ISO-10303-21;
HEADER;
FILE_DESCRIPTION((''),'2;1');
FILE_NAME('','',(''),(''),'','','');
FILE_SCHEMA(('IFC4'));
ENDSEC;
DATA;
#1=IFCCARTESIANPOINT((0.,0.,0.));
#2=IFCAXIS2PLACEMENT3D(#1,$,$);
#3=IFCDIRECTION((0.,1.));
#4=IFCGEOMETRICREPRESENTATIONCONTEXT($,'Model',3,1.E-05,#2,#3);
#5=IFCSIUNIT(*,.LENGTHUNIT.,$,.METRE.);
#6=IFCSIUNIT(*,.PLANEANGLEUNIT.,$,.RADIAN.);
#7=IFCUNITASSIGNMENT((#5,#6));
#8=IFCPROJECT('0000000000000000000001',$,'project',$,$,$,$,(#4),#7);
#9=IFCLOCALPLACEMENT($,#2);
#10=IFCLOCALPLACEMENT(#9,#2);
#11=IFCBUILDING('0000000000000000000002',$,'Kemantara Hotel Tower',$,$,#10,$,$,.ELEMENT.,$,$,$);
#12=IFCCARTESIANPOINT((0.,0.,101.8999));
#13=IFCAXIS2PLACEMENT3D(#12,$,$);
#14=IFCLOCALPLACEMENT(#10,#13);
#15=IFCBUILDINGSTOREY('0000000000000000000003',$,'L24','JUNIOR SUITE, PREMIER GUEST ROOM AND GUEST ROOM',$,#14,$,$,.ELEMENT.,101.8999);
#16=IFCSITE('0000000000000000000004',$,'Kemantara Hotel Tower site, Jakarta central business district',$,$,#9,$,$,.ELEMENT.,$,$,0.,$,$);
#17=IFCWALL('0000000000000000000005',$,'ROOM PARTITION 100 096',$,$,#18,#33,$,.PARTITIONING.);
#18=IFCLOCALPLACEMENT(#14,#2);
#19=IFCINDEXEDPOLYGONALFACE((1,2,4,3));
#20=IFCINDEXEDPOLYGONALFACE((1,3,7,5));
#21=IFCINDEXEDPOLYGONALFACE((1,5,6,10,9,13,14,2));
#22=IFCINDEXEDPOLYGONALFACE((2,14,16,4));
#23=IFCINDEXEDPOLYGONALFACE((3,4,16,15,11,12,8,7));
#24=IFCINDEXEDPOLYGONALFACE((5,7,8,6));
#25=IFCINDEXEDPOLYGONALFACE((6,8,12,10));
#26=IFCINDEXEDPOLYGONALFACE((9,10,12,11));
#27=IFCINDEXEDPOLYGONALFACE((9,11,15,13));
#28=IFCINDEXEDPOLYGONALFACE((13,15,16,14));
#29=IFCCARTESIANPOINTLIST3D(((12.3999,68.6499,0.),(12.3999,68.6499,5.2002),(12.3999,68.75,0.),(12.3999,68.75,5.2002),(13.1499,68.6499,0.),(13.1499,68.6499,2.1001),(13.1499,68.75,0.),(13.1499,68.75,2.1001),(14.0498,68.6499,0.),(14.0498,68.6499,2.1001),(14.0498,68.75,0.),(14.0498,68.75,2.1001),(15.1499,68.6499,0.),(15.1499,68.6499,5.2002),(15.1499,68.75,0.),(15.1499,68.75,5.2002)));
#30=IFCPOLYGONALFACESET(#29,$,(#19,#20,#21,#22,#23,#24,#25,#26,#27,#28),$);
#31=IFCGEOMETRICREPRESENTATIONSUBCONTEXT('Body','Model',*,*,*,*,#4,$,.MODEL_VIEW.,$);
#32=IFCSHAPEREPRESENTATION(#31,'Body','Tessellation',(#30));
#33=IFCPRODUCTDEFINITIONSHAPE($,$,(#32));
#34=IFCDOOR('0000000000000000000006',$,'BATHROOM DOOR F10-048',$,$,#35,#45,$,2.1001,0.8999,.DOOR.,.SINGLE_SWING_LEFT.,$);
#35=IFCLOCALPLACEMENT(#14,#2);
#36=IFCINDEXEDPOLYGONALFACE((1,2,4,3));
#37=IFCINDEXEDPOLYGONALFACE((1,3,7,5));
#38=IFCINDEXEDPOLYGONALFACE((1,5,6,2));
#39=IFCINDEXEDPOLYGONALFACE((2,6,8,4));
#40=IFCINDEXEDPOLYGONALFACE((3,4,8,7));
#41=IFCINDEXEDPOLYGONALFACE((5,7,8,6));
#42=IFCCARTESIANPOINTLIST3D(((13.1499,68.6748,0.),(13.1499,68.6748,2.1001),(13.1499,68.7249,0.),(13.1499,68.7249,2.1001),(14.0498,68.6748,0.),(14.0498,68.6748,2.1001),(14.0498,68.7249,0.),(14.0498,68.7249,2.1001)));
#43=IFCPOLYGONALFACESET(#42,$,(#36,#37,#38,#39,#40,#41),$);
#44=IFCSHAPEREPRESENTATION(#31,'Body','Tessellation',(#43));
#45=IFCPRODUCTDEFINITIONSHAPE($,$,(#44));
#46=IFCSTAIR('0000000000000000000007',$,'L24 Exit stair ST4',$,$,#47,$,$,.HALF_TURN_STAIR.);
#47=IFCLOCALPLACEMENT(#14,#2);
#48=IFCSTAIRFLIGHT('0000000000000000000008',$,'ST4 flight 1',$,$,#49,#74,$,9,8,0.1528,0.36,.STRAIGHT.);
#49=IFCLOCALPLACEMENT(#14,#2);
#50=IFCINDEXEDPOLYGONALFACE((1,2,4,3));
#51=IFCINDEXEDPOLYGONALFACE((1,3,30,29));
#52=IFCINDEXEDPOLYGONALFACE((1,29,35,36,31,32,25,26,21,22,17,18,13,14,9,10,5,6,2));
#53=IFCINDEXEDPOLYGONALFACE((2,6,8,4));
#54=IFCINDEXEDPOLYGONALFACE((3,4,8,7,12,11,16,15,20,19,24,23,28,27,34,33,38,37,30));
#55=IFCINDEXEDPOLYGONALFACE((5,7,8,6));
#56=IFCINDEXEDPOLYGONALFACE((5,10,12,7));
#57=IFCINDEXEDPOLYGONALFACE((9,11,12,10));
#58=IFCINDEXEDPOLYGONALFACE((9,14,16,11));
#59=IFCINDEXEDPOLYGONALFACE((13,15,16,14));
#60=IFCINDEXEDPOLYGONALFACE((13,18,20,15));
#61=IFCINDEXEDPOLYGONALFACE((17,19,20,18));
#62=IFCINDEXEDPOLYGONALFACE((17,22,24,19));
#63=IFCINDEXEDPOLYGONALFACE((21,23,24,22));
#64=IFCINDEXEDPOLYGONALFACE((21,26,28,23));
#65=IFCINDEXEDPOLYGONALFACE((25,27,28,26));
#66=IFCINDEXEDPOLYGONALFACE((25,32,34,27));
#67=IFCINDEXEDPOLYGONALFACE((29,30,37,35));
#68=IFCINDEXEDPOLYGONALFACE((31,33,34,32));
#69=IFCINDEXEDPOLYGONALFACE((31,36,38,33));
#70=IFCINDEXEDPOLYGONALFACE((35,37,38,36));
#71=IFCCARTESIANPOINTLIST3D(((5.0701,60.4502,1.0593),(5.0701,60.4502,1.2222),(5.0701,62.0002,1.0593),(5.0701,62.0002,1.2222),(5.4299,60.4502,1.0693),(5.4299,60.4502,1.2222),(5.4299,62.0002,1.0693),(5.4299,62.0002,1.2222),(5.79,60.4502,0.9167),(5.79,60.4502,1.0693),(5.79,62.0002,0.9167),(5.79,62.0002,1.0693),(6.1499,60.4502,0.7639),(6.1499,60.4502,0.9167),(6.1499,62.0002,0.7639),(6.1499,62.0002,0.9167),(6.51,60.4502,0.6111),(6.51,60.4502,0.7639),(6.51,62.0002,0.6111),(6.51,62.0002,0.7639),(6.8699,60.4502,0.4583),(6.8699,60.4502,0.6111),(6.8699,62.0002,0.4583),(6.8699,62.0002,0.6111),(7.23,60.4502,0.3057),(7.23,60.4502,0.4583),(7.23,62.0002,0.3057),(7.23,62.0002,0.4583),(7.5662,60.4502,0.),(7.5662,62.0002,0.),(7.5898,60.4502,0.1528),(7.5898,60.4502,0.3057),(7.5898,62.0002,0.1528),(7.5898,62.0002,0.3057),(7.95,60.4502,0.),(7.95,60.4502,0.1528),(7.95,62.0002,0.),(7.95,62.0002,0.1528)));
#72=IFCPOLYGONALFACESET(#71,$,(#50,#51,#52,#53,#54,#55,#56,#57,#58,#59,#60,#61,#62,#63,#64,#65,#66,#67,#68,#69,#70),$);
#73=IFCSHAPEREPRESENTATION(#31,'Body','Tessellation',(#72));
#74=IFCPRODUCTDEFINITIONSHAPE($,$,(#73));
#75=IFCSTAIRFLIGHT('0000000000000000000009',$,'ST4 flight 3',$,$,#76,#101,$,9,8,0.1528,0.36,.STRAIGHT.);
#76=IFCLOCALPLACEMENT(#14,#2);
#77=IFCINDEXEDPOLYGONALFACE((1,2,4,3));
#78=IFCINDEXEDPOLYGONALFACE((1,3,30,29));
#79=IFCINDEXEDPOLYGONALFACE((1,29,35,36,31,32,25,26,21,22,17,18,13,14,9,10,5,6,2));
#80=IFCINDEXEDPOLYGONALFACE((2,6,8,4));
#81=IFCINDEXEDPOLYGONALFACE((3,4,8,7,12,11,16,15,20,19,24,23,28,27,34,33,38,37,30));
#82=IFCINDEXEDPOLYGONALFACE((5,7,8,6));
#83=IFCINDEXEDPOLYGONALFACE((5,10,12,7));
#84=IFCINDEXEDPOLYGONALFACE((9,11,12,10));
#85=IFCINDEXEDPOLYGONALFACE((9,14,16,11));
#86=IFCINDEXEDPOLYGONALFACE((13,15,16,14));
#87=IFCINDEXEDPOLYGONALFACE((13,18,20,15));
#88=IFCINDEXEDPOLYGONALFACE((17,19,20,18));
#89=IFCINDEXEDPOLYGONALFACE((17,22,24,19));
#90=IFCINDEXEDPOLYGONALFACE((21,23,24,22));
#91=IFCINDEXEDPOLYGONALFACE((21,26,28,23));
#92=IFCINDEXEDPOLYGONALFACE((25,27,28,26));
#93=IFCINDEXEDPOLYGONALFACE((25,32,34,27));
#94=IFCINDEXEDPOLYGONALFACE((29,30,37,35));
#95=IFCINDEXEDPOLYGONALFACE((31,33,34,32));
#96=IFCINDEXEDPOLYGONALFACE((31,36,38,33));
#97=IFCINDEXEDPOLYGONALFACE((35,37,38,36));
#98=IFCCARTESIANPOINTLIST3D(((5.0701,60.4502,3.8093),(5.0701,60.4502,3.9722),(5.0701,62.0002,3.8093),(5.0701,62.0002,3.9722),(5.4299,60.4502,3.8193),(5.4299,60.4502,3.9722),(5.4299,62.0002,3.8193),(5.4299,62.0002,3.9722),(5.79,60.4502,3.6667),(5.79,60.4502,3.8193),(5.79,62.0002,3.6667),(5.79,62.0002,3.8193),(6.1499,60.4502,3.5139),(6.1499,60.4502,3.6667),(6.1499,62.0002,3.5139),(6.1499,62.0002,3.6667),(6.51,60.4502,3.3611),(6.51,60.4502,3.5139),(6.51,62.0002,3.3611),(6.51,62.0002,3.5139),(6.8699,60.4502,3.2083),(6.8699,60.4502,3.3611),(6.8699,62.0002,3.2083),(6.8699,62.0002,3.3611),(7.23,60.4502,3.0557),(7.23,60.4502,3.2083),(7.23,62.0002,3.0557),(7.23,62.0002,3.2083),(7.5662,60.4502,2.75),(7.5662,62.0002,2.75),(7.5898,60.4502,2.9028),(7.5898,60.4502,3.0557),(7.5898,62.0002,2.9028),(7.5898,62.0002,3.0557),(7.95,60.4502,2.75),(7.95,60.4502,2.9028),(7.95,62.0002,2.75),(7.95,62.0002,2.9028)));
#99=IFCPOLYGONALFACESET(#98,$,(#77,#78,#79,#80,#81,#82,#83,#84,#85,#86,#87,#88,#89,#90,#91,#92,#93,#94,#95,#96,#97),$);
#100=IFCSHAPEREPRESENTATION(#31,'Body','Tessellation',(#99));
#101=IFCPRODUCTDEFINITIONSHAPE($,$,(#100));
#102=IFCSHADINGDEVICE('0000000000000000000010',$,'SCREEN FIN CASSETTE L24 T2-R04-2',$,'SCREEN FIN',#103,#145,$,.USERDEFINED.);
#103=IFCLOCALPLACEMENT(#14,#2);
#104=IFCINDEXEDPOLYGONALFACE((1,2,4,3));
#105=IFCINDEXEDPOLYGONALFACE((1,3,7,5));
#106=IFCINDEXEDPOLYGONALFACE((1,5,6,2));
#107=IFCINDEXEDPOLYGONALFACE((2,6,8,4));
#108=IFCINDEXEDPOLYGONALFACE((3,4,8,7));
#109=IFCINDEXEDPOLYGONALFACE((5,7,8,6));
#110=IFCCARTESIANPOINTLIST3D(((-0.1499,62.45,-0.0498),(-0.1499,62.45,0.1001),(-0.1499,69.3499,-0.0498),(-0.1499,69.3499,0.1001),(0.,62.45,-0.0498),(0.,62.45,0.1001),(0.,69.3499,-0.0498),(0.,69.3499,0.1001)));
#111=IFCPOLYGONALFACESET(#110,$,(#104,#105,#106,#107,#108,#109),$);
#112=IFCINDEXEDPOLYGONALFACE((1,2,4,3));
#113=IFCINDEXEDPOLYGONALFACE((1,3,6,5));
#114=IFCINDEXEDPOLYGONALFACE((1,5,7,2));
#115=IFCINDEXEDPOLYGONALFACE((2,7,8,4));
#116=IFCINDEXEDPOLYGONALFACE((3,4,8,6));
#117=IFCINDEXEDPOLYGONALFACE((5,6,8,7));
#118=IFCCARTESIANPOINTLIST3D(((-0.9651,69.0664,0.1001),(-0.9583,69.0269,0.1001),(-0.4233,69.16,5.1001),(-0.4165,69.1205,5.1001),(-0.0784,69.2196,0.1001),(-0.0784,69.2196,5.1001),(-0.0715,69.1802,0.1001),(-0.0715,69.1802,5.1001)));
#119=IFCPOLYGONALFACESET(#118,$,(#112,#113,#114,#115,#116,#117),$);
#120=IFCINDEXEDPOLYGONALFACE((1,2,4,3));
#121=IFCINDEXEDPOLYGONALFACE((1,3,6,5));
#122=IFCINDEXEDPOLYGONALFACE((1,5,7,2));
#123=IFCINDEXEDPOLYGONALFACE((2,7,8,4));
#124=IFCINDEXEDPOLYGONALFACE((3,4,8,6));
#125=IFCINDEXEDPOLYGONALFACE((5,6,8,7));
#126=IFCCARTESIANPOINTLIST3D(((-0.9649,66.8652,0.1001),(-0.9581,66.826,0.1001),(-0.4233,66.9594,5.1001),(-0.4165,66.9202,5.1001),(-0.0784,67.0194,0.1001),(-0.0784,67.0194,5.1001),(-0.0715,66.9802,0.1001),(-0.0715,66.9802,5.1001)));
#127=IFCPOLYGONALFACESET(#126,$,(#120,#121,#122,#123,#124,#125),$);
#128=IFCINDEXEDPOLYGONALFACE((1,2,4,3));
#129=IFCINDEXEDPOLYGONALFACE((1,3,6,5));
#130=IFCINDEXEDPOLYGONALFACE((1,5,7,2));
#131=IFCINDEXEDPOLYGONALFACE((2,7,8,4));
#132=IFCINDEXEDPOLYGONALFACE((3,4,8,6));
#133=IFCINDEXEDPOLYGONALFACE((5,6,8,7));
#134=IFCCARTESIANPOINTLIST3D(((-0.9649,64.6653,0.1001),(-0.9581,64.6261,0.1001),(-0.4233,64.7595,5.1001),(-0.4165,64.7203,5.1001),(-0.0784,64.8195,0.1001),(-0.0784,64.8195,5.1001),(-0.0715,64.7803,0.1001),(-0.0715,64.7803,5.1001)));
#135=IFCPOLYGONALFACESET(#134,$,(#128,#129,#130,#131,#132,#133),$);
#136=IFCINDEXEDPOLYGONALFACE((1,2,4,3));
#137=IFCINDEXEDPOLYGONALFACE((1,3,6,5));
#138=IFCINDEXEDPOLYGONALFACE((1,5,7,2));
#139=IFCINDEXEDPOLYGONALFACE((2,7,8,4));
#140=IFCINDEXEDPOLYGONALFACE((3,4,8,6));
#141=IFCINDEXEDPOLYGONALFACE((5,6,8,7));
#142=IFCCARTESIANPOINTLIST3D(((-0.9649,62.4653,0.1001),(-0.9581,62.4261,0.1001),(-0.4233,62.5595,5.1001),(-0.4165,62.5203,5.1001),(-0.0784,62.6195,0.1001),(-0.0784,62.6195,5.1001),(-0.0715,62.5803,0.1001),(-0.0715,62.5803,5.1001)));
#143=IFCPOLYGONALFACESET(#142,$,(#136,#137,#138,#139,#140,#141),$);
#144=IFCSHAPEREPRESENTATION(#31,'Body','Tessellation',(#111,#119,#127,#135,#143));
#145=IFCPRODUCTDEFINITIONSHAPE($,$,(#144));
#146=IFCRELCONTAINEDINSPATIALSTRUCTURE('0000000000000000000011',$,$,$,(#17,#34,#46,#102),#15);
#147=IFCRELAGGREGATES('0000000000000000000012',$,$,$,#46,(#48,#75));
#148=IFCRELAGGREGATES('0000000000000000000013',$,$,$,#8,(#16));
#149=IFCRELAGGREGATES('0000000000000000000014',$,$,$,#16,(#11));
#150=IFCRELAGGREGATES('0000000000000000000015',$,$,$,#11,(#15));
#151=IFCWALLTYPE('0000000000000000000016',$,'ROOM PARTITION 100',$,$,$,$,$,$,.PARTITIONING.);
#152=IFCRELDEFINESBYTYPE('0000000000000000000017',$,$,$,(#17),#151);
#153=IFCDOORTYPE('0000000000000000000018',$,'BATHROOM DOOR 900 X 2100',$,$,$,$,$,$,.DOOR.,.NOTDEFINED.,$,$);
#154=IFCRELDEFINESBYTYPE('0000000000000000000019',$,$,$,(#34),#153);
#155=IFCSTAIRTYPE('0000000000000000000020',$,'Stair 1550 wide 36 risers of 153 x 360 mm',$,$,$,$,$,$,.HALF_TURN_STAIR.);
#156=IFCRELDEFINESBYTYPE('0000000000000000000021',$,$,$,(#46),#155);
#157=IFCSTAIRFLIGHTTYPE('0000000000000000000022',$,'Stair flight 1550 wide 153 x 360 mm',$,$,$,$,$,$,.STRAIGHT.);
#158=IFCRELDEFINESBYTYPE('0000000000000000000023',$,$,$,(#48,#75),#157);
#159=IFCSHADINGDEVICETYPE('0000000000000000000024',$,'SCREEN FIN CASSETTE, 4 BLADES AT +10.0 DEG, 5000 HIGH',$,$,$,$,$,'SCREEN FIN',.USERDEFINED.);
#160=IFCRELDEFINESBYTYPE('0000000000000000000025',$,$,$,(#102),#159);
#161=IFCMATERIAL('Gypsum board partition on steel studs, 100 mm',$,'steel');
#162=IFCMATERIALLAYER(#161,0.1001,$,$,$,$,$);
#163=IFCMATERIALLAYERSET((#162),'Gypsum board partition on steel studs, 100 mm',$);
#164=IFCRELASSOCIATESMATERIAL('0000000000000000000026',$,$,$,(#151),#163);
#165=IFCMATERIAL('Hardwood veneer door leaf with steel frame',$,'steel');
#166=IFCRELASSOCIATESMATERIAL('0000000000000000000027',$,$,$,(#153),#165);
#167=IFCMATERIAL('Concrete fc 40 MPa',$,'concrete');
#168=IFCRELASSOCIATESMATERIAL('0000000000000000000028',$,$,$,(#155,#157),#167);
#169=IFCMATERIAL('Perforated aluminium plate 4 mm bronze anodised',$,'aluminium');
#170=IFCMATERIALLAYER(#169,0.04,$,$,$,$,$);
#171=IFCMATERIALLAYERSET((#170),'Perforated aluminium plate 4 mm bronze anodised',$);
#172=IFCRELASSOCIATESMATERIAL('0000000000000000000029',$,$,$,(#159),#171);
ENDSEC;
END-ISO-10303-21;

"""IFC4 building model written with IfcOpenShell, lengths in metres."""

from ifc_helpers import new_model, si_unit, direction, frame, frame_2d, origin, origin_2d, place, context, subcontext, project, spatial, polyline, rectangle, outline, extrude, source, transform, mapped, material, layer, layer_set, type_object, element, fill, aggregate, save


model = new_model("IFC4")

# Units and contexts
model_context = context("Model", 3, precision=1e-05, world=origin(), true_north=direction((0.0, 1.0)))
body_context = subcontext(model_context, "Body", "Model", "MODEL_VIEW")
ifc_project = project(units=[si_unit("LENGTHUNIT", "METRE"), si_unit("PLANEANGLEUNIT", "RADIAN")], contexts=[model_context])

# Site, building, storey
site_placement = place(None, origin())
site = spatial("IfcSite", under=ifc_project, at=site_placement, Name="Kemantara Hotel Tower site, Jakarta central business district", CompositionType="ELEMENT", RefElevation=0.0)
building_placement = place(site_placement, origin())
building = spatial("IfcBuilding", under=site, at=building_placement, Name="Kemantara Hotel Tower", CompositionType="ELEMENT")
storey_placement = place(building_placement, frame((0.0, 0.0, 101.8999)))
storey = spatial("IfcBuildingStorey", under=building, at=storey_placement, Name="L24", Description="JUNIOR SUITE, PREMIER GUEST ROOM AND GUEST ROOM", CompositionType="ELEMENT", Elevation=101.8999)

# Shared definitions
ifc_material_1 = material(Name="Hardwood veneer door leaf with steel frame", Category="steel")

# Shared definitions
ifc_material_2 = material(Name="Concrete fc 40 MPa", Category="concrete")

# Shared definitions
ifc_material_3 = material(Name="Gypsum board partition on steel studs, 100 mm", Category="steel")
ifc_layer_1 = layer(ifc_material_3, 0.1001)
ifc_layer_set_1 = layer_set([ifc_layer_1], Name="Gypsum board partition on steel studs, 100 mm")
wall_type_1 = type_object("IfcWallType", Name="ROOM PARTITION 100", PredefinedType="PARTITIONING", material=ifc_layer_set_1)

# Wall, opening, door
door_type_1 = type_object("IfcDoorType", Name="BATHROOM DOOR 900 X 2100", OperationType="NOTDEFINED", PredefinedType="DOOR", material=ifc_material_1)
wall_1_placement = place(storey_placement, frame((12.3999, 68.7, 0.0), z_axis=(0.0, 0.0, 1.0), x_axis=(1.0, 0.0, 0.0)))
wall_1 = element("IfcWall", 1, at=wall_1_placement, inside=storey, type_object=wall_type_1, Name="ROOM PARTITION 100 096", PredefinedType="PARTITIONING", context=body_context, shape_type="SweptSolid", body=[
    extrude(rectangle(XDim=2.75, YDim=0.1001, at=frame_2d((1.375, 0.0))), origin(), (0.0, 0.0, 1.0), 5.2002),
])
opening_1_placement = place(wall_1_placement, frame((0.75, 0.0, 0.0)))
opening_1 = element("IfcOpeningElement", 2, at=opening_1_placement, cuts=wall_1, PredefinedType="OPENING", context=body_context, shape_type="SweptSolid", body=[
    extrude(rectangle(XDim=0.8999, YDim=2.1001, at=frame_2d((0.45, 1.05))), frame((0.0, 0.0601, 0.0), z_axis=(0.0, -1.0, 0.0), x_axis=(1.0, 0.0, 0.0)), (0.0, 0.0, 1.0), 0.1201),
])
door_1_placement = place(opening_1_placement, origin())
door_1 = element("IfcDoor", 3, at=door_1_placement, inside=storey, type_object=door_type_1, Name="BATHROOM DOOR F10-048", OperationType="SINGLE_SWING_LEFT", OverallHeight=2.1001, OverallWidth=0.8999, PredefinedType="DOOR", context=body_context, shape_type="SweptSolid", body=[
    extrude(rectangle(XDim=0.8999, YDim=2.1001, at=frame_2d((0.45, 1.05))), frame((0.0, 0.0249, 0.0), z_axis=(0.0, -1.0, 0.0), x_axis=(1.0, 0.0, 0.0)), (0.0, 0.0, 1.0), 0.05),
])
fill(opening_1, door_1)

# Stair, stair flights
stair_type = type_object("IfcStairType", Name="Stair 1550 wide 36 risers of 153 x 360 mm", PredefinedType="HALF_TURN_STAIR", material=ifc_material_2)
stair_placement = place(storey_placement, origin())
stair = element("IfcStair", 4, at=stair_placement, inside=storey, type_object=stair_type, Name="L24 Exit stair ST4", PredefinedType="HALF_TURN_STAIR")
stair_flight_type = type_object("IfcStairFlightType", Name="Stair flight 1550 wide 153 x 360 mm", PredefinedType="STRAIGHT", material=ifc_material_2)
stair_flight_1_placement = place(storey_placement, frame((7.95, 61.2251, 0.0), z_axis=(0.0, 0.0, 1.0), x_axis=(-1.0, 0.0, 0.0)))
stair_flight_1 = element("IfcStairFlight", 5, at=stair_flight_1_placement, type_object=stair_flight_type, Name="ST4 flight 1", NumberOfRisers=9, NumberOfTreads=8, PredefinedType="STRAIGHT", RiserHeight=0.1528, TreadLength=0.36, context=body_context, shape_type="SweptSolid", body=[
    extrude(outline(polyline([(0.0, 0.0), (0.0, 0.1528), (0.3601, 0.1528), (0.3601, 0.3057), (0.72, 0.3057), (0.72, 0.4583), (1.0801, 0.4583), (1.0801, 0.6111), (1.4399, 0.6111), (1.4399, 0.7639), (1.8, 0.7639), (1.8, 0.9167), (2.1599, 0.9167), (2.1599, 1.0693), (2.52, 1.0693), (2.52, 1.2222), (2.8799, 1.2222), (2.8799, 1.375), (2.8799, 1.0593), (0.3838, 0.0), (0.0, 0.0)])), frame((0.0, 0.7749, 0.0), z_axis=(0.0, -1.0, 0.0), x_axis=(1.0, 0.0, 0.0)), (0.0, 0.0, 1.0), 1.55),
])
stair_flight_2_placement = place(storey_placement, frame((7.95, 61.2251, 2.75), z_axis=(0.0, 0.0, 1.0), x_axis=(-1.0, 0.0, 0.0)))
stair_flight_2 = element("IfcStairFlight", 6, at=stair_flight_2_placement, type_object=stair_flight_type, Name="ST4 flight 3", NumberOfRisers=9, NumberOfTreads=8, PredefinedType="STRAIGHT", RiserHeight=0.1528, TreadLength=0.36, context=body_context, shape_type="SweptSolid", body=[
    extrude(outline(polyline([(0.0, 0.0), (0.0, 0.1528), (0.3601, 0.1528), (0.3601, 0.3057), (0.72, 0.3057), (0.72, 0.4583), (1.0801, 0.4583), (1.0801, 0.6111), (1.4399, 0.6111), (1.4399, 0.7639), (1.8, 0.7639), (1.8, 0.9167), (2.1599, 0.9167), (2.1599, 1.0693), (2.52, 1.0693), (2.52, 1.2222), (2.8799, 1.2222), (2.8799, 1.375), (2.8799, 1.0593), (0.3838, 0.0), (0.0, 0.0)])), frame((0.0, 0.7749, 0.0), z_axis=(0.0, -1.0, 0.0), x_axis=(1.0, 0.0, 0.0)), (0.0, 0.0, 1.0), 1.55),
])
aggregate(stair, [stair_flight_1, stair_flight_2])

# Shading device
ifc_material_4 = material(Name="Perforated aluminium plate 4 mm bronze anodised", Category="aluminium")
ifc_layer_2 = layer(ifc_material_4, 0.04)
ifc_layer_set_2 = layer_set([ifc_layer_2], Name="Perforated aluminium plate 4 mm bronze anodised")
shading_device_type_1 = type_object("IfcShadingDeviceType", Name="SCREEN FIN CASSETTE, 4 BLADES AT +10.0 DEG, 5000 HIGH", ElementType="SCREEN FIN", PredefinedType="USERDEFINED", material=ifc_layer_set_2)
shared_shape_1 = source(origin(), body_context, "Body", "SweptSolid", [
    extrude(rectangle(XDim=6.8999, YDim=0.1499, at=origin_2d()), frame((3.3, -0.075, -0.1499), z_axis=(0.0, 0.0, 1.0), x_axis=(1.0, 0.0, 0.0)), (0.0, 0.0, 1.0), 0.1499),
    extrude(outline(polyline([(0.0, 0.0), (0.8999, 0.0), (0.3501, 5.0), (0.0, 5.0), (0.0, 0.0)])), frame((0.0198, -0.0715, 0.0), z_axis=(-0.98539, -0.170314, 0.0), x_axis=(0.170314, -0.98539, 0.0)), (0.0, 0.0, 1.0), 0.04),
    extrude(outline(polyline([(0.0, 0.0), (0.8999, 0.0), (0.3501, 5.0), (0.0, 5.0), (0.0, 0.0)])), frame((2.2197, -0.0715, 0.0), z_axis=(-0.985212, -0.171341, 0.0), x_axis=(0.171341, -0.985212, 0.0)), (0.0, 0.0, 1.0), 0.0398),
    extrude(outline(polyline([(0.0, 0.0), (0.8999, 0.0), (0.3501, 5.0), (0.0, 5.0), (0.0, 0.0)])), frame((4.4197, -0.0715, 0.0), z_axis=(-0.985212, -0.171341, 0.0), x_axis=(0.171341, -0.985212, 0.0)), (0.0, 0.0, 1.0), 0.0398),
    extrude(outline(polyline([(0.0, 0.0), (0.8999, 0.0), (0.3501, 5.0), (0.0, 5.0), (0.0, 0.0)])), frame((6.6196, -0.0715, 0.0), z_axis=(-0.985212, -0.171341, 0.0), x_axis=(0.171341, -0.985212, 0.0)), (0.0, 0.0, 1.0), 0.0398),
])
shading_device_1_placement = place(storey_placement, frame((0.0, 69.2, 0.1001), z_axis=(0.0, 0.0, 1.0), x_axis=(0.0, -1.0, 0.0)))
element("IfcShadingDevice", 7, at=shading_device_1_placement, inside=storey, type_object=shading_device_type_1, Name="SCREEN FIN CASSETTE L24 T2-R04-2", ObjectType="SCREEN FIN", PredefinedType="USERDEFINED", context=body_context, shape_type="MappedRepresentation", body=[
    mapped(shared_shape_1, transform((0.0, 0.0, 0.0))),
])

save(model, "model.ifc")
